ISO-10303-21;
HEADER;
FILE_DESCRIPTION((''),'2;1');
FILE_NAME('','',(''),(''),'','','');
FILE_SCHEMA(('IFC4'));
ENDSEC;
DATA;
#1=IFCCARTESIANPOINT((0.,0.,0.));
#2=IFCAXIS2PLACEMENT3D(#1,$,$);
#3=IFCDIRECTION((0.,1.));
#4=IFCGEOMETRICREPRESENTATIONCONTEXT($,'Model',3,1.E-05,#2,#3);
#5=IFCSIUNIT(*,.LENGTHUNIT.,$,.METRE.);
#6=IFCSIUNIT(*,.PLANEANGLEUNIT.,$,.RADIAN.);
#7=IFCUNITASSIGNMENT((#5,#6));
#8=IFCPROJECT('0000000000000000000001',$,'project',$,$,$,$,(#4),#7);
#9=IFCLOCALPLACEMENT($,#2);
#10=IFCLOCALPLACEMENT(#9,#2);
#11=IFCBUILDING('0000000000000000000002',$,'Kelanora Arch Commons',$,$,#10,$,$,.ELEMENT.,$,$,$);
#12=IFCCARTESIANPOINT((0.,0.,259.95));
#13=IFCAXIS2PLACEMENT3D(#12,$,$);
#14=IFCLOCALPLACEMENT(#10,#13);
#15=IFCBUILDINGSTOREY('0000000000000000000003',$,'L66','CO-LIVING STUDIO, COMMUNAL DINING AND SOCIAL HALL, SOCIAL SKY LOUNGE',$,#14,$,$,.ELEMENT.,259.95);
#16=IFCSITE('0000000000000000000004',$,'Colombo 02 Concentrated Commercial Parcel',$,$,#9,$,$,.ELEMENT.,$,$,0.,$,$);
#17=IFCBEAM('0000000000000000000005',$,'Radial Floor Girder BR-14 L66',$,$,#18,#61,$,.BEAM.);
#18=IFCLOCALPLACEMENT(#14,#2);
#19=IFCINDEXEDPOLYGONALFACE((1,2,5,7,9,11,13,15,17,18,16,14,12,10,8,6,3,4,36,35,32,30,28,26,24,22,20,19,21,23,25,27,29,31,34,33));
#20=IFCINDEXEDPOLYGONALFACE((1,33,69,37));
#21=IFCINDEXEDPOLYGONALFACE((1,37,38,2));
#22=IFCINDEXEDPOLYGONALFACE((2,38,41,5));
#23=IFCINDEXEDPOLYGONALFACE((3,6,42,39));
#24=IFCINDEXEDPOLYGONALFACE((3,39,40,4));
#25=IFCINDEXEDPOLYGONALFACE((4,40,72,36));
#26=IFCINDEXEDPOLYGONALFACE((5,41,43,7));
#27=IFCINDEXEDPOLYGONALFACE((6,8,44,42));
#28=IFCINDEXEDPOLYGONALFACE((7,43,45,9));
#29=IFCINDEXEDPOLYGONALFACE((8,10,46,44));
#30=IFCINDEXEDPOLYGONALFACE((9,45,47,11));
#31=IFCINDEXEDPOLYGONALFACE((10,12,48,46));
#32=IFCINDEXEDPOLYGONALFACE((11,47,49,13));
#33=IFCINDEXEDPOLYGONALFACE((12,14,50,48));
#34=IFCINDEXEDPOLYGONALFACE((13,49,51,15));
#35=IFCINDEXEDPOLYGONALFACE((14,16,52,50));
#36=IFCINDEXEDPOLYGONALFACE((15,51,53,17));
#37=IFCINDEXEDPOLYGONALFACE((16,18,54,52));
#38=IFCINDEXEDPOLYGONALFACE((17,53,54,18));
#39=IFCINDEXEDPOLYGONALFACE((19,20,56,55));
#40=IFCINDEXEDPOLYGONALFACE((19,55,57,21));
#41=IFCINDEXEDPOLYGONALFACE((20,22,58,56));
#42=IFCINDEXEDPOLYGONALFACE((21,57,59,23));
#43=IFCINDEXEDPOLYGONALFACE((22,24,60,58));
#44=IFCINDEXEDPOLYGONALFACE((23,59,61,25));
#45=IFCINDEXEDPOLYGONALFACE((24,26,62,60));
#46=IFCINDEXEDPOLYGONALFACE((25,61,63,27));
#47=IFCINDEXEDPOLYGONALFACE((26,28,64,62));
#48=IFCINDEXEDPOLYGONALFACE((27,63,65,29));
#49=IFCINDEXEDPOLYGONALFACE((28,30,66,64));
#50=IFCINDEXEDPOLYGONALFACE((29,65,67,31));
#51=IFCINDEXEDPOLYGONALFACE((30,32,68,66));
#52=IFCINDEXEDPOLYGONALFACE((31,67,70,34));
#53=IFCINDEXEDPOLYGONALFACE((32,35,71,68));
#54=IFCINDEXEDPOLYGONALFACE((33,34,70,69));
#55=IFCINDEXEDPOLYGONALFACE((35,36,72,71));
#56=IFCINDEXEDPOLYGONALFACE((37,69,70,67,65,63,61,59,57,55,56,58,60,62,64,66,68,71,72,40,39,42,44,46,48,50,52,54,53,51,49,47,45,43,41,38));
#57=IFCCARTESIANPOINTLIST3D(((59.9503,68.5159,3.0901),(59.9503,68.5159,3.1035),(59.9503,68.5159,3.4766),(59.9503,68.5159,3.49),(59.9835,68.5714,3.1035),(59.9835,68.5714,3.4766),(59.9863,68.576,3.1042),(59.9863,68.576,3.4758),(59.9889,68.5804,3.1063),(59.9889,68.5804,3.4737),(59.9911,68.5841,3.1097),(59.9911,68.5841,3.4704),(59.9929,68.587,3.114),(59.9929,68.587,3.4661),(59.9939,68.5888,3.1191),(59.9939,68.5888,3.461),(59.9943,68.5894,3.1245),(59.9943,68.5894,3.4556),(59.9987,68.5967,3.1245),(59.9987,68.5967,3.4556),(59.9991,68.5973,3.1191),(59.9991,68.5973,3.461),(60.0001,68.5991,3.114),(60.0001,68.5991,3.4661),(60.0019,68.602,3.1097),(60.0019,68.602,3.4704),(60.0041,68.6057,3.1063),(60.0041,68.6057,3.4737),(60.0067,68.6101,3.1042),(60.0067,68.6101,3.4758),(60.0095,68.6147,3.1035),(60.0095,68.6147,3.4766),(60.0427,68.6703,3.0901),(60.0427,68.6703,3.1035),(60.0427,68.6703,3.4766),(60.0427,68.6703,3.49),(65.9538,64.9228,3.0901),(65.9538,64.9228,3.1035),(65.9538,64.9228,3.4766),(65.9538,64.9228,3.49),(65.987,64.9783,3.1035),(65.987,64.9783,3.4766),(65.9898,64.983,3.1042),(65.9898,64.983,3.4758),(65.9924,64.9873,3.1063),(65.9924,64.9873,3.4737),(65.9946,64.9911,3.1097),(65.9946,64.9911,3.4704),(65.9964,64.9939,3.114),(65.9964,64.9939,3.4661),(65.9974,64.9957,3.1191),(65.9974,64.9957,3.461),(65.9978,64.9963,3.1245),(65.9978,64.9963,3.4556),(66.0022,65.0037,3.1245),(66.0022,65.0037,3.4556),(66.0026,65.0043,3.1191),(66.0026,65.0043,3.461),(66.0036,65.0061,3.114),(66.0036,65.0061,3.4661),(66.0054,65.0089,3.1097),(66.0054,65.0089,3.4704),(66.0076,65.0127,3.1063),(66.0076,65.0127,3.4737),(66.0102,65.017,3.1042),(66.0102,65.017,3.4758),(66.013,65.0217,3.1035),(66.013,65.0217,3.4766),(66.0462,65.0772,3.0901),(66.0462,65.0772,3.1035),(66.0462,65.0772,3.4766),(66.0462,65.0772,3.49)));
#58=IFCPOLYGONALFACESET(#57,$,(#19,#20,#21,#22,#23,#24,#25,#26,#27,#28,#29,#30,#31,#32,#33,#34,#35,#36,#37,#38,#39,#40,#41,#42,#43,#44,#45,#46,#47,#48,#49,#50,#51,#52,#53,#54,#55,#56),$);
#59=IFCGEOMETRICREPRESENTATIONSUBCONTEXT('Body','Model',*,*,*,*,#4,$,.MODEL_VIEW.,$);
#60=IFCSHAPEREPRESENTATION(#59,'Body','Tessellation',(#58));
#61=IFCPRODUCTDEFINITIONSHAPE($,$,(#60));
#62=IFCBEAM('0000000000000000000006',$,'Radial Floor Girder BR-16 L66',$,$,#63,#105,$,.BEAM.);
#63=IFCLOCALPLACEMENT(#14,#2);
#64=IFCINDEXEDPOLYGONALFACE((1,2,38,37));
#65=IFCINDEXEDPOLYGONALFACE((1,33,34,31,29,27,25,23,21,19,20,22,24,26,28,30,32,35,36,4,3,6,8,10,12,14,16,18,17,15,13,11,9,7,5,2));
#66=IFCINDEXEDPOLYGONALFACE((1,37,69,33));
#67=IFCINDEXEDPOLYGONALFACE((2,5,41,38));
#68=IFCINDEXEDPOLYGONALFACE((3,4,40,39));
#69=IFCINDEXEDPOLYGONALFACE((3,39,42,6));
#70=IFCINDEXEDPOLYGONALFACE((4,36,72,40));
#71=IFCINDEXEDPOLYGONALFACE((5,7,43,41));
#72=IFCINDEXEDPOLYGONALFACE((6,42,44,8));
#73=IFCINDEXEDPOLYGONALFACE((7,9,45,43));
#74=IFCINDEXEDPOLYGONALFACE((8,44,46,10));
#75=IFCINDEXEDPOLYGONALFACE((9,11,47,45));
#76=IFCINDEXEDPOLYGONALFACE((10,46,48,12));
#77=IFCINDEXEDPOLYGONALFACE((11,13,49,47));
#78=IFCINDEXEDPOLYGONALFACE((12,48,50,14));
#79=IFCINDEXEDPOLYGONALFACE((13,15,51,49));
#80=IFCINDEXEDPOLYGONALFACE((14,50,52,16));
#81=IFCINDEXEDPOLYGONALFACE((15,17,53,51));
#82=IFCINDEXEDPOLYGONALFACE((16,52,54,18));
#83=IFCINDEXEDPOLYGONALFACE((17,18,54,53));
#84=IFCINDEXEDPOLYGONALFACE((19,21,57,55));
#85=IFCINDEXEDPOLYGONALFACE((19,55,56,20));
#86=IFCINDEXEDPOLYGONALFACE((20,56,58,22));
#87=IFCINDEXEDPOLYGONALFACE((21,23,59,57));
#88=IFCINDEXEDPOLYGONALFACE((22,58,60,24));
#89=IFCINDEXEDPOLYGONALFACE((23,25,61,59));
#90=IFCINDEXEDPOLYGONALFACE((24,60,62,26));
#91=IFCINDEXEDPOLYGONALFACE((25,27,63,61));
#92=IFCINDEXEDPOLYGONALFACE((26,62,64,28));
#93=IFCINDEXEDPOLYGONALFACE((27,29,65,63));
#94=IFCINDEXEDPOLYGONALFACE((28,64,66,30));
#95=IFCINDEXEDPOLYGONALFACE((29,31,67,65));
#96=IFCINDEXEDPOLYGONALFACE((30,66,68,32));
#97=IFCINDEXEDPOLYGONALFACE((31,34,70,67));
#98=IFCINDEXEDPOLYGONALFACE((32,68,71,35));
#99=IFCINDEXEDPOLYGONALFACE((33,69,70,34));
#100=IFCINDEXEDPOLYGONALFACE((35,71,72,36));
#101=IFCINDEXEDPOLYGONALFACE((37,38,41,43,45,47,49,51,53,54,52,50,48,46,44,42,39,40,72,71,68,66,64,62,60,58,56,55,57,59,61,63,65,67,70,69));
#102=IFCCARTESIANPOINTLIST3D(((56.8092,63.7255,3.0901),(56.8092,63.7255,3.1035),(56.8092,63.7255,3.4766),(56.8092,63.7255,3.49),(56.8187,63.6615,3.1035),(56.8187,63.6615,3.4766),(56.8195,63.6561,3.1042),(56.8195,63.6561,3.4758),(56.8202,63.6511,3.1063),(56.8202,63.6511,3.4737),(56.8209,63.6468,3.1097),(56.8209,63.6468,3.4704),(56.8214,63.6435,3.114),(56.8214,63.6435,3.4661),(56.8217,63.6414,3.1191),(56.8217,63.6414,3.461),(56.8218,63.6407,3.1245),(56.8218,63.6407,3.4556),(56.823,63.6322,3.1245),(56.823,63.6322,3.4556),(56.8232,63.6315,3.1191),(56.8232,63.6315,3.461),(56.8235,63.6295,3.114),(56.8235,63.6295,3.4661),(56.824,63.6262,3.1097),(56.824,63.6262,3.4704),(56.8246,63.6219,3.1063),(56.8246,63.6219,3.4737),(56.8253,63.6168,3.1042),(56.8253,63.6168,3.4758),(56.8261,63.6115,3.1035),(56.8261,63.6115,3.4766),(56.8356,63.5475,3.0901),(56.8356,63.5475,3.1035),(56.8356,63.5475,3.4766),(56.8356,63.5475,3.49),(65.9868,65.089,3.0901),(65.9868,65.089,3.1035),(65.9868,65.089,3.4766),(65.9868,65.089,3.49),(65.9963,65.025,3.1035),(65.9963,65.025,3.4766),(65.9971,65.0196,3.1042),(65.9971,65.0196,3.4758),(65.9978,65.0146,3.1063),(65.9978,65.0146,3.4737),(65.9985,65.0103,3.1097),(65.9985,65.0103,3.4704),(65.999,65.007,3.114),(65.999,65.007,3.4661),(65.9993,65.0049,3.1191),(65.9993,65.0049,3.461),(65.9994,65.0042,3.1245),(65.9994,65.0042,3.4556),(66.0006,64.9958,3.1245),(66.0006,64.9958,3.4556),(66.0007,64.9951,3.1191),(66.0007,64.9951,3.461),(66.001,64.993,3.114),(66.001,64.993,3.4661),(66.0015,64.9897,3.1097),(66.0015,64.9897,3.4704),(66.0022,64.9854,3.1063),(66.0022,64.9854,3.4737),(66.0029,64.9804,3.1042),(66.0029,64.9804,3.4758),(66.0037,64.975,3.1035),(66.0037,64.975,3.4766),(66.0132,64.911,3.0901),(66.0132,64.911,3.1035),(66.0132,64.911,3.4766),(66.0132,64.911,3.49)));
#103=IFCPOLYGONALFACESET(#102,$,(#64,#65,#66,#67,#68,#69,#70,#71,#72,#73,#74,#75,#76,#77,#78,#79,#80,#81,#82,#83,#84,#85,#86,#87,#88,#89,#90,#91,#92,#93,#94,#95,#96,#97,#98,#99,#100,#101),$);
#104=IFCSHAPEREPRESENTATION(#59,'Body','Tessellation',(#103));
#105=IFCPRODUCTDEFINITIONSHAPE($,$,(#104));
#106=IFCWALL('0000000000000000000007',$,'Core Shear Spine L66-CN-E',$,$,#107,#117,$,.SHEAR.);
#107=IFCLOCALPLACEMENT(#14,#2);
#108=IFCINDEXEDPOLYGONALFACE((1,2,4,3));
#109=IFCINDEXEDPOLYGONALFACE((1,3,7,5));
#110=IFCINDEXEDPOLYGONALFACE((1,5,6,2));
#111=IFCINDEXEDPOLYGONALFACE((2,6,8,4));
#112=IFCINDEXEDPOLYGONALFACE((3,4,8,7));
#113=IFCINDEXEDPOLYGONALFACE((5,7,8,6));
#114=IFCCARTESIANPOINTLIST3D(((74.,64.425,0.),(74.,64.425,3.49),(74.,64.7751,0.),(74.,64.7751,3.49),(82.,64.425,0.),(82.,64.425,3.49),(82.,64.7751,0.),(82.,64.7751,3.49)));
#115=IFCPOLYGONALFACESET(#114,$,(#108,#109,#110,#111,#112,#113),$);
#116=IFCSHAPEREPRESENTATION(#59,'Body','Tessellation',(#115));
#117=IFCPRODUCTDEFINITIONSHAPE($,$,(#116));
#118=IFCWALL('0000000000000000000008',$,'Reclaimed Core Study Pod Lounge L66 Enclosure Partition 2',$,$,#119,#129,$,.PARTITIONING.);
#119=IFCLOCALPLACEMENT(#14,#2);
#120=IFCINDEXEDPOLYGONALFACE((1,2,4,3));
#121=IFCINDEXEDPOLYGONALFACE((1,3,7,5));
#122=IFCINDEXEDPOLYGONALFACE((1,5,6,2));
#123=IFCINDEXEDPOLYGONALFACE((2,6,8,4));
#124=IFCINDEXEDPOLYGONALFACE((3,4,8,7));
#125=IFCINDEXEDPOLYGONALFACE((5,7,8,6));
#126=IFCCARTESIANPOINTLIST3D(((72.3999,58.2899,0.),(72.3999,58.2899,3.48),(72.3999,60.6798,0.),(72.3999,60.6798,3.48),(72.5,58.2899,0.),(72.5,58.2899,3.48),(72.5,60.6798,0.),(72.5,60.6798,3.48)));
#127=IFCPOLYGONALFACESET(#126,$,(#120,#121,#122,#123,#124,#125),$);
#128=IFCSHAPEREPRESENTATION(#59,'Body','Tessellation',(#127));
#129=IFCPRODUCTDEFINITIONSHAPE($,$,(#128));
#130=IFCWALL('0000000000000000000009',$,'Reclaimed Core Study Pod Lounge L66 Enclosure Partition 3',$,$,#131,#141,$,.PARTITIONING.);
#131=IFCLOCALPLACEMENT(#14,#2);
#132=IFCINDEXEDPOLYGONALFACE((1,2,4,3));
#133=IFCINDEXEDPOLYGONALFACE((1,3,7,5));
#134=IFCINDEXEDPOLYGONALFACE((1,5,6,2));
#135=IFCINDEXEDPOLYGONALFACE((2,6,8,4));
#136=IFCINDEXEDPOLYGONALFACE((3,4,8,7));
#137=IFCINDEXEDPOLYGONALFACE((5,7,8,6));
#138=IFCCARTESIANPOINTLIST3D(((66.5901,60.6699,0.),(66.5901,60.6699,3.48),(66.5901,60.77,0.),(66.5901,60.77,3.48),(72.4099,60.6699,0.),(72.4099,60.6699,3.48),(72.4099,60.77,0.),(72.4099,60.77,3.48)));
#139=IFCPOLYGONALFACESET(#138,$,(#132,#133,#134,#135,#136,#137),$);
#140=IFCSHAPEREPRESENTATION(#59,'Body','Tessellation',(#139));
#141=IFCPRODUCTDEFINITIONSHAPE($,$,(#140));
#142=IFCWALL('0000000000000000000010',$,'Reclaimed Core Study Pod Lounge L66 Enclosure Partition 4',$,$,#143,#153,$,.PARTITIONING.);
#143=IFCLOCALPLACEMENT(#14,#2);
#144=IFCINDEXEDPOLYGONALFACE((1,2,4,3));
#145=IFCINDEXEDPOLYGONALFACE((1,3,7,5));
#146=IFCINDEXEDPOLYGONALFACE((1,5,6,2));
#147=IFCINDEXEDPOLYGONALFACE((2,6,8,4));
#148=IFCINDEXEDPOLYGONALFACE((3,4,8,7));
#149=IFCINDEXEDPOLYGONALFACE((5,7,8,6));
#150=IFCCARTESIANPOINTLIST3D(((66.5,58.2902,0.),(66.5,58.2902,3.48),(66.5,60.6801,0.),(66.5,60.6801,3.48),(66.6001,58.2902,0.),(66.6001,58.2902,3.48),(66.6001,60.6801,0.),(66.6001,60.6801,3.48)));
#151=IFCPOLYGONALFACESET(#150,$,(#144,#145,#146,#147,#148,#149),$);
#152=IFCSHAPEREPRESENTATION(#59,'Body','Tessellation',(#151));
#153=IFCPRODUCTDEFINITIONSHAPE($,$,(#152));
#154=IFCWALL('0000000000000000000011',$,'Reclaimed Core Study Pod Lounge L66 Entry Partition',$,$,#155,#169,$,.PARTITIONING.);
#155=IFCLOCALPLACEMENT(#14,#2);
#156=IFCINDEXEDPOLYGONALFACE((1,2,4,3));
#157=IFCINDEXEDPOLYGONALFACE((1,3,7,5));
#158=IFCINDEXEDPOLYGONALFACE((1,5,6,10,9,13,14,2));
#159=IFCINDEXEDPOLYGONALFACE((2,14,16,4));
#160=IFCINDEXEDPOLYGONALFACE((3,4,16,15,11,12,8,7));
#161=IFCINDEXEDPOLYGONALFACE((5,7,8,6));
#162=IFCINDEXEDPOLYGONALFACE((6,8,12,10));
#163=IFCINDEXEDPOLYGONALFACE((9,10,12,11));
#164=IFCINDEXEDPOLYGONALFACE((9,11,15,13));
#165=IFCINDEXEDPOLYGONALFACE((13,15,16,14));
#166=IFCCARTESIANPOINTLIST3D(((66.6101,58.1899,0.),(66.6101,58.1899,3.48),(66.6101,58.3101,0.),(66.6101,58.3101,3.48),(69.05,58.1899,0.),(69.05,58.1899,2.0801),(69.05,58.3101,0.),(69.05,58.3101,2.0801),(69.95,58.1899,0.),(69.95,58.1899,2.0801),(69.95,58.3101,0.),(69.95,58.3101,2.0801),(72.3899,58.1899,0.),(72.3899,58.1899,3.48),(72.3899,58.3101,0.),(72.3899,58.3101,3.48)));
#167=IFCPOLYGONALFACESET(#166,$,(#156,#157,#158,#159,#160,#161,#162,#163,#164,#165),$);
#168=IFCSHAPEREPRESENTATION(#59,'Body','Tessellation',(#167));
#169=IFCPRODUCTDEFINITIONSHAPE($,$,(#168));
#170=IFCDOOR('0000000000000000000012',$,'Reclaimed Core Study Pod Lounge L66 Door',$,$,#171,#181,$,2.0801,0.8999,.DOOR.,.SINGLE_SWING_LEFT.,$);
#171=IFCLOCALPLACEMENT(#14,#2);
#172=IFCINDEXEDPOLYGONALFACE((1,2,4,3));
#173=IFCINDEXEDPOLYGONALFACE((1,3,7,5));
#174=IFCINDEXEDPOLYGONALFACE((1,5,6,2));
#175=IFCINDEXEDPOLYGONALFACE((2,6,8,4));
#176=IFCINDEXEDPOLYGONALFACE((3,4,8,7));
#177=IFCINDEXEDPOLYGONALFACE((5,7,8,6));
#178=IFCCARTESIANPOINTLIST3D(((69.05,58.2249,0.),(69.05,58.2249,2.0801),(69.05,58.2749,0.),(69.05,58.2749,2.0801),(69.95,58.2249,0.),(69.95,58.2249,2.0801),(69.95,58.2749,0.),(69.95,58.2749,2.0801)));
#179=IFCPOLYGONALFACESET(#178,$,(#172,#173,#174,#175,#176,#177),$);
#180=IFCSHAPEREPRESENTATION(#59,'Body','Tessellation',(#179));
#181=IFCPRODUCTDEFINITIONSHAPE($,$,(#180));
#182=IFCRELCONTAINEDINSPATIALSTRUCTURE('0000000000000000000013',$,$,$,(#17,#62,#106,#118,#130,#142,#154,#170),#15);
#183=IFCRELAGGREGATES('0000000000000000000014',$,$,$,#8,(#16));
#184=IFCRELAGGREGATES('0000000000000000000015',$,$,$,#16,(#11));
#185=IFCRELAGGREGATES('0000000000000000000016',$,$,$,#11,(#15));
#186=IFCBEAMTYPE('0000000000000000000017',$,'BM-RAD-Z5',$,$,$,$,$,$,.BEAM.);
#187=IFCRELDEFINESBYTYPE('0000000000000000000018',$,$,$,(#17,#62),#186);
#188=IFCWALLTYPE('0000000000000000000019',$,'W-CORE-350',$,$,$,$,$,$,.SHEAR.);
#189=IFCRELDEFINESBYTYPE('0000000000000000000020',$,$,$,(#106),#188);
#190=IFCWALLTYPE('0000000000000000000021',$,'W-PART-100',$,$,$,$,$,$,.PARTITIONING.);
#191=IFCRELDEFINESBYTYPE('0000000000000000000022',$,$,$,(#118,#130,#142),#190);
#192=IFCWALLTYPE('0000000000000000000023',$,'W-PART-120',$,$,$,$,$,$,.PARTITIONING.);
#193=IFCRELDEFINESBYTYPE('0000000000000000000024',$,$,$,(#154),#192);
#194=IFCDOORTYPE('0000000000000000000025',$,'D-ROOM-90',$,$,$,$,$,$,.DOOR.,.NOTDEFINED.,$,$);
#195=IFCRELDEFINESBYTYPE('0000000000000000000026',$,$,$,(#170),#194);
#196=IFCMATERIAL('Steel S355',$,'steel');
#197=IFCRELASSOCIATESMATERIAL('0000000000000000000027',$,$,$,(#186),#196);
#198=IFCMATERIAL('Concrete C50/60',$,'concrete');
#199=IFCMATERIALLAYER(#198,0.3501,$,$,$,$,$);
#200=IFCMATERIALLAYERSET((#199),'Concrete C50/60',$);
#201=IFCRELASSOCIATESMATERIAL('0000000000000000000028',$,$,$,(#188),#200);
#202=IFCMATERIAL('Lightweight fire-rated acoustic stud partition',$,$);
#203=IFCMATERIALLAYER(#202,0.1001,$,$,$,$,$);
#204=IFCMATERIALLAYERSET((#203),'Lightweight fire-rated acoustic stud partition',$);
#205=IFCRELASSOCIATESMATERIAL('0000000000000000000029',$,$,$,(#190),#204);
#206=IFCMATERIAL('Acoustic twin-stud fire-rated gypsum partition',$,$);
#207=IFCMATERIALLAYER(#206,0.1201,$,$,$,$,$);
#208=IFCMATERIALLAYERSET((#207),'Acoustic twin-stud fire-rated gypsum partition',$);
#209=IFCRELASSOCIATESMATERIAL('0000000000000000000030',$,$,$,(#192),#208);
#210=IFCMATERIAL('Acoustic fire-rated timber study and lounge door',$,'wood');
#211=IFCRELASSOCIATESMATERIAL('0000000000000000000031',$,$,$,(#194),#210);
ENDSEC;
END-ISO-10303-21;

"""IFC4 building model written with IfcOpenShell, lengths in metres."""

from ifc_helpers import new_model, si_unit, direction, frame, frame_2d, origin, origin_2d, place, context, subcontext, project, spatial, rectangle, i_section, extrude, material, layer, layer_set, material_profile, profile_set, type_object, element, fill, save


model = new_model("IFC4")

# Units and contexts
model_context = context("Model", 3, precision=1e-05, world=origin(), true_north=direction((0.0, 1.0)))
body_context = subcontext(model_context, "Body", "Model", "MODEL_VIEW")
ifc_project = project(units=[si_unit("LENGTHUNIT", "METRE"), si_unit("PLANEANGLEUNIT", "RADIAN")], contexts=[model_context])

# Site, building, storey
site_placement = place(None, origin())
site = spatial("IfcSite", under=ifc_project, at=site_placement, Name="Colombo 02 Concentrated Commercial Parcel", CompositionType="ELEMENT", RefElevation=0.0)
building_placement = place(site_placement, origin())
building = spatial("IfcBuilding", under=site, at=building_placement, Name="Kelanora Arch Commons", CompositionType="ELEMENT")
storey_placement = place(building_placement, frame((0.0, 0.0, 259.95)))
storey = spatial("IfcBuildingStorey", under=building, at=storey_placement, Name="L66", Description="CO-LIVING STUDIO, COMMUNAL DINING AND SOCIAL HALL, SOCIAL SKY LOUNGE", CompositionType="ELEMENT", Elevation=259.95)

# Shared definitions
ifc_material_1 = material(Name="Concrete C50/60", Category="concrete")

# Beams
ifc_material_2 = material(Name="Steel S355", Category="steel")
ifc_material_profile_1 = material_profile(ifc_material_2, i_section(OverallWidth=0.1799, OverallDepth=0.3999, WebThickness=0.0085, FlangeThickness=0.0134, FilletRadius=0.021, at=origin_2d()), Name="IPE400")
ifc_profile_set_1 = profile_set([ifc_material_profile_1], Name="Steel S355")
beam_type_1 = type_object("IfcBeamType", Name="BM-RAD-Z5", PredefinedType="BEAM", material=ifc_profile_set_1)
beam_1_placement = place(storey_placement, frame((66.0, 65.0, 3.29), z_axis=(-0.858062, 0.513546, 0.0), x_axis=(-0.513546, -0.858062, 0.0)))
element("IfcBeam", 1, at=beam_1_placement, inside=storey, type_object=beam_type_1, Name="Radial Floor Girder BR-14 L66", PredefinedType="BEAM", context=body_context, shape_type="SweptSolid", body=[
    extrude(i_section(OverallWidth=0.1799, OverallDepth=0.3999, WebThickness=0.0085, FlangeThickness=0.0134, FilletRadius=0.021, at=origin_2d()), origin(), (0.0, 0.0, 1.0), 6.9966),
])
beam_2_placement = place(storey_placement, frame((66.0, 65.0, 3.29), z_axis=(-0.989142, -0.14696, 0.0), x_axis=(0.14696, -0.989142, 0.0)))
element("IfcBeam", 2, at=beam_2_placement, inside=storey, type_object=beam_type_1, Name="Radial Floor Girder BR-16 L66", PredefinedType="BEAM", context=body_context, shape_type="SweptSolid", body=[
    extrude(i_section(OverallWidth=0.1799, OverallDepth=0.3999, WebThickness=0.0085, FlangeThickness=0.0134, FilletRadius=0.021, at=origin_2d()), origin(), (0.0, 0.0, 1.0), 9.2783),
])

# Walls
ifc_layer_1 = layer(ifc_material_1, 0.3501)
ifc_layer_set_1 = layer_set([ifc_layer_1], Name="Concrete C50/60")
wall_type_1 = type_object("IfcWallType", Name="W-CORE-350", PredefinedType="SHEAR", material=ifc_layer_set_1)
wall_1_placement = place(storey_placement, frame((74.0, 64.6001, 0.0), z_axis=(0.0, 0.0, 1.0), x_axis=(1.0, 0.0, 0.0)))
element("IfcWall", 3, at=wall_1_placement, inside=storey, type_object=wall_type_1, Name="Core Shear Spine L66-CN-E", PredefinedType="SHEAR", context=body_context, shape_type="SweptSolid", body=[
    extrude(rectangle(XDim=8.0, YDim=0.3501, at=frame_2d((4.0, 0.0))), origin(), (0.0, 0.0, 1.0), 3.49),
])
ifc_material_3 = material(Name="Lightweight fire-rated acoustic stud partition")
ifc_layer_2 = layer(ifc_material_3, 0.1001)
ifc_layer_set_2 = layer_set([ifc_layer_2], Name="Lightweight fire-rated acoustic stud partition")
wall_type_2 = type_object("IfcWallType", Name="W-PART-100", PredefinedType="PARTITIONING", material=ifc_layer_set_2)
wall_2_placement = place(storey_placement, frame((72.45, 58.29, 0.0), z_axis=(0.0, 0.0, 1.0), x_axis=(0.0, 1.0, 0.0)))
element("IfcWall", 4, at=wall_2_placement, inside=storey, type_object=wall_type_2, Name="Reclaimed Core Study Pod Lounge L66 Enclosure Partition 2", PredefinedType="PARTITIONING", context=body_context, shape_type="SweptSolid", body=[
    extrude(rectangle(XDim=2.3899, YDim=0.1001, at=frame_2d((1.1948, 0.0))), origin(), (0.0, 0.0, 1.0), 3.48),
])
wall_3_placement = place(storey_placement, frame((72.4099, 60.72, 0.0), z_axis=(0.0, 0.0, 1.0), x_axis=(-1.0, 0.0, 0.0)))
element("IfcWall", 5, at=wall_3_placement, inside=storey, type_object=wall_type_2, Name="Reclaimed Core Study Pod Lounge L66 Enclosure Partition 3", PredefinedType="PARTITIONING", context=body_context, shape_type="SweptSolid", body=[
    extrude(rectangle(XDim=5.8198, YDim=0.1001, at=frame_2d((2.9099, 0.0))), origin(), (0.0, 0.0, 1.0), 3.48),
])
wall_4_placement = place(storey_placement, frame((66.55, 60.6799, 0.0), z_axis=(0.0, 0.0, 1.0), x_axis=(0.0, -1.0, 0.0)))
element("IfcWall", 6, at=wall_4_placement, inside=storey, type_object=wall_type_2, Name="Reclaimed Core Study Pod Lounge L66 Enclosure Partition 4", PredefinedType="PARTITIONING", context=body_context, shape_type="SweptSolid", body=[
    extrude(rectangle(XDim=2.3899, YDim=0.1001, at=frame_2d((1.1948, 0.0))), origin(), (0.0, 0.0, 1.0), 3.48),
])

# Wall, opening, door
ifc_material_4 = material(Name="Acoustic twin-stud fire-rated gypsum partition")
ifc_layer_3 = layer(ifc_material_4, 0.1201)
ifc_layer_set_3 = layer_set([ifc_layer_3], Name="Acoustic twin-stud fire-rated gypsum partition")
wall_type_3 = type_object("IfcWallType", Name="W-PART-120", PredefinedType="PARTITIONING", material=ifc_layer_set_3)
wall_5_placement = place(storey_placement, frame((66.6101, 58.25, 0.0), z_axis=(0.0, 0.0, 1.0), x_axis=(1.0, 0.0, 0.0)))
wall_5 = element("IfcWall", 7, at=wall_5_placement, inside=storey, type_object=wall_type_3, Name="Reclaimed Core Study Pod Lounge L66 Entry Partition", PredefinedType="PARTITIONING", context=body_context, shape_type="SweptSolid", body=[
    extrude(rectangle(XDim=5.7798, YDim=0.1201, at=frame_2d((2.8899, 0.0))), origin(), (0.0, 0.0, 1.0), 3.48),
])
opening_1_placement = place(wall_5_placement, frame((2.4399, 0.0, 0.0)))
opening_1 = element("IfcOpeningElement", 8, at=opening_1_placement, cuts=wall_5, PredefinedType="OPENING", context=body_context, shape_type="SweptSolid", body=[
    extrude(rectangle(XDim=0.8999, YDim=2.0801, at=frame_2d((0.45, 1.04))), frame((0.0, 0.0701, 0.0), z_axis=(0.0, -1.0, 0.0), x_axis=(1.0, 0.0, 0.0)), (0.0, 0.0, 1.0), 0.1401),
])
ifc_material_5 = material(Name="Acoustic fire-rated timber study and lounge door", Category="wood")
door_type_1 = type_object("IfcDoorType", Name="D-ROOM-90", OperationType="NOTDEFINED", PredefinedType="DOOR", material=ifc_material_5)
door_1_placement = place(opening_1_placement, origin())
door_1 = element("IfcDoor", 9, at=door_1_placement, inside=storey, type_object=door_type_1, Name="Reclaimed Core Study Pod Lounge L66 Door", OperationType="SINGLE_SWING_LEFT", OverallHeight=2.0801, OverallWidth=0.8999, PredefinedType="DOOR", context=body_context, shape_type="SweptSolid", body=[
    extrude(rectangle(XDim=0.8999, YDim=2.0801, at=frame_2d((0.45, 1.04))), frame((0.0, 0.0249, 0.0), z_axis=(0.0, -1.0, 0.0), x_axis=(1.0, 0.0, 0.0)), (0.0, 0.0, 1.0), 0.05),
])
fill(opening_1, door_1)

save(model, "model.ifc")
